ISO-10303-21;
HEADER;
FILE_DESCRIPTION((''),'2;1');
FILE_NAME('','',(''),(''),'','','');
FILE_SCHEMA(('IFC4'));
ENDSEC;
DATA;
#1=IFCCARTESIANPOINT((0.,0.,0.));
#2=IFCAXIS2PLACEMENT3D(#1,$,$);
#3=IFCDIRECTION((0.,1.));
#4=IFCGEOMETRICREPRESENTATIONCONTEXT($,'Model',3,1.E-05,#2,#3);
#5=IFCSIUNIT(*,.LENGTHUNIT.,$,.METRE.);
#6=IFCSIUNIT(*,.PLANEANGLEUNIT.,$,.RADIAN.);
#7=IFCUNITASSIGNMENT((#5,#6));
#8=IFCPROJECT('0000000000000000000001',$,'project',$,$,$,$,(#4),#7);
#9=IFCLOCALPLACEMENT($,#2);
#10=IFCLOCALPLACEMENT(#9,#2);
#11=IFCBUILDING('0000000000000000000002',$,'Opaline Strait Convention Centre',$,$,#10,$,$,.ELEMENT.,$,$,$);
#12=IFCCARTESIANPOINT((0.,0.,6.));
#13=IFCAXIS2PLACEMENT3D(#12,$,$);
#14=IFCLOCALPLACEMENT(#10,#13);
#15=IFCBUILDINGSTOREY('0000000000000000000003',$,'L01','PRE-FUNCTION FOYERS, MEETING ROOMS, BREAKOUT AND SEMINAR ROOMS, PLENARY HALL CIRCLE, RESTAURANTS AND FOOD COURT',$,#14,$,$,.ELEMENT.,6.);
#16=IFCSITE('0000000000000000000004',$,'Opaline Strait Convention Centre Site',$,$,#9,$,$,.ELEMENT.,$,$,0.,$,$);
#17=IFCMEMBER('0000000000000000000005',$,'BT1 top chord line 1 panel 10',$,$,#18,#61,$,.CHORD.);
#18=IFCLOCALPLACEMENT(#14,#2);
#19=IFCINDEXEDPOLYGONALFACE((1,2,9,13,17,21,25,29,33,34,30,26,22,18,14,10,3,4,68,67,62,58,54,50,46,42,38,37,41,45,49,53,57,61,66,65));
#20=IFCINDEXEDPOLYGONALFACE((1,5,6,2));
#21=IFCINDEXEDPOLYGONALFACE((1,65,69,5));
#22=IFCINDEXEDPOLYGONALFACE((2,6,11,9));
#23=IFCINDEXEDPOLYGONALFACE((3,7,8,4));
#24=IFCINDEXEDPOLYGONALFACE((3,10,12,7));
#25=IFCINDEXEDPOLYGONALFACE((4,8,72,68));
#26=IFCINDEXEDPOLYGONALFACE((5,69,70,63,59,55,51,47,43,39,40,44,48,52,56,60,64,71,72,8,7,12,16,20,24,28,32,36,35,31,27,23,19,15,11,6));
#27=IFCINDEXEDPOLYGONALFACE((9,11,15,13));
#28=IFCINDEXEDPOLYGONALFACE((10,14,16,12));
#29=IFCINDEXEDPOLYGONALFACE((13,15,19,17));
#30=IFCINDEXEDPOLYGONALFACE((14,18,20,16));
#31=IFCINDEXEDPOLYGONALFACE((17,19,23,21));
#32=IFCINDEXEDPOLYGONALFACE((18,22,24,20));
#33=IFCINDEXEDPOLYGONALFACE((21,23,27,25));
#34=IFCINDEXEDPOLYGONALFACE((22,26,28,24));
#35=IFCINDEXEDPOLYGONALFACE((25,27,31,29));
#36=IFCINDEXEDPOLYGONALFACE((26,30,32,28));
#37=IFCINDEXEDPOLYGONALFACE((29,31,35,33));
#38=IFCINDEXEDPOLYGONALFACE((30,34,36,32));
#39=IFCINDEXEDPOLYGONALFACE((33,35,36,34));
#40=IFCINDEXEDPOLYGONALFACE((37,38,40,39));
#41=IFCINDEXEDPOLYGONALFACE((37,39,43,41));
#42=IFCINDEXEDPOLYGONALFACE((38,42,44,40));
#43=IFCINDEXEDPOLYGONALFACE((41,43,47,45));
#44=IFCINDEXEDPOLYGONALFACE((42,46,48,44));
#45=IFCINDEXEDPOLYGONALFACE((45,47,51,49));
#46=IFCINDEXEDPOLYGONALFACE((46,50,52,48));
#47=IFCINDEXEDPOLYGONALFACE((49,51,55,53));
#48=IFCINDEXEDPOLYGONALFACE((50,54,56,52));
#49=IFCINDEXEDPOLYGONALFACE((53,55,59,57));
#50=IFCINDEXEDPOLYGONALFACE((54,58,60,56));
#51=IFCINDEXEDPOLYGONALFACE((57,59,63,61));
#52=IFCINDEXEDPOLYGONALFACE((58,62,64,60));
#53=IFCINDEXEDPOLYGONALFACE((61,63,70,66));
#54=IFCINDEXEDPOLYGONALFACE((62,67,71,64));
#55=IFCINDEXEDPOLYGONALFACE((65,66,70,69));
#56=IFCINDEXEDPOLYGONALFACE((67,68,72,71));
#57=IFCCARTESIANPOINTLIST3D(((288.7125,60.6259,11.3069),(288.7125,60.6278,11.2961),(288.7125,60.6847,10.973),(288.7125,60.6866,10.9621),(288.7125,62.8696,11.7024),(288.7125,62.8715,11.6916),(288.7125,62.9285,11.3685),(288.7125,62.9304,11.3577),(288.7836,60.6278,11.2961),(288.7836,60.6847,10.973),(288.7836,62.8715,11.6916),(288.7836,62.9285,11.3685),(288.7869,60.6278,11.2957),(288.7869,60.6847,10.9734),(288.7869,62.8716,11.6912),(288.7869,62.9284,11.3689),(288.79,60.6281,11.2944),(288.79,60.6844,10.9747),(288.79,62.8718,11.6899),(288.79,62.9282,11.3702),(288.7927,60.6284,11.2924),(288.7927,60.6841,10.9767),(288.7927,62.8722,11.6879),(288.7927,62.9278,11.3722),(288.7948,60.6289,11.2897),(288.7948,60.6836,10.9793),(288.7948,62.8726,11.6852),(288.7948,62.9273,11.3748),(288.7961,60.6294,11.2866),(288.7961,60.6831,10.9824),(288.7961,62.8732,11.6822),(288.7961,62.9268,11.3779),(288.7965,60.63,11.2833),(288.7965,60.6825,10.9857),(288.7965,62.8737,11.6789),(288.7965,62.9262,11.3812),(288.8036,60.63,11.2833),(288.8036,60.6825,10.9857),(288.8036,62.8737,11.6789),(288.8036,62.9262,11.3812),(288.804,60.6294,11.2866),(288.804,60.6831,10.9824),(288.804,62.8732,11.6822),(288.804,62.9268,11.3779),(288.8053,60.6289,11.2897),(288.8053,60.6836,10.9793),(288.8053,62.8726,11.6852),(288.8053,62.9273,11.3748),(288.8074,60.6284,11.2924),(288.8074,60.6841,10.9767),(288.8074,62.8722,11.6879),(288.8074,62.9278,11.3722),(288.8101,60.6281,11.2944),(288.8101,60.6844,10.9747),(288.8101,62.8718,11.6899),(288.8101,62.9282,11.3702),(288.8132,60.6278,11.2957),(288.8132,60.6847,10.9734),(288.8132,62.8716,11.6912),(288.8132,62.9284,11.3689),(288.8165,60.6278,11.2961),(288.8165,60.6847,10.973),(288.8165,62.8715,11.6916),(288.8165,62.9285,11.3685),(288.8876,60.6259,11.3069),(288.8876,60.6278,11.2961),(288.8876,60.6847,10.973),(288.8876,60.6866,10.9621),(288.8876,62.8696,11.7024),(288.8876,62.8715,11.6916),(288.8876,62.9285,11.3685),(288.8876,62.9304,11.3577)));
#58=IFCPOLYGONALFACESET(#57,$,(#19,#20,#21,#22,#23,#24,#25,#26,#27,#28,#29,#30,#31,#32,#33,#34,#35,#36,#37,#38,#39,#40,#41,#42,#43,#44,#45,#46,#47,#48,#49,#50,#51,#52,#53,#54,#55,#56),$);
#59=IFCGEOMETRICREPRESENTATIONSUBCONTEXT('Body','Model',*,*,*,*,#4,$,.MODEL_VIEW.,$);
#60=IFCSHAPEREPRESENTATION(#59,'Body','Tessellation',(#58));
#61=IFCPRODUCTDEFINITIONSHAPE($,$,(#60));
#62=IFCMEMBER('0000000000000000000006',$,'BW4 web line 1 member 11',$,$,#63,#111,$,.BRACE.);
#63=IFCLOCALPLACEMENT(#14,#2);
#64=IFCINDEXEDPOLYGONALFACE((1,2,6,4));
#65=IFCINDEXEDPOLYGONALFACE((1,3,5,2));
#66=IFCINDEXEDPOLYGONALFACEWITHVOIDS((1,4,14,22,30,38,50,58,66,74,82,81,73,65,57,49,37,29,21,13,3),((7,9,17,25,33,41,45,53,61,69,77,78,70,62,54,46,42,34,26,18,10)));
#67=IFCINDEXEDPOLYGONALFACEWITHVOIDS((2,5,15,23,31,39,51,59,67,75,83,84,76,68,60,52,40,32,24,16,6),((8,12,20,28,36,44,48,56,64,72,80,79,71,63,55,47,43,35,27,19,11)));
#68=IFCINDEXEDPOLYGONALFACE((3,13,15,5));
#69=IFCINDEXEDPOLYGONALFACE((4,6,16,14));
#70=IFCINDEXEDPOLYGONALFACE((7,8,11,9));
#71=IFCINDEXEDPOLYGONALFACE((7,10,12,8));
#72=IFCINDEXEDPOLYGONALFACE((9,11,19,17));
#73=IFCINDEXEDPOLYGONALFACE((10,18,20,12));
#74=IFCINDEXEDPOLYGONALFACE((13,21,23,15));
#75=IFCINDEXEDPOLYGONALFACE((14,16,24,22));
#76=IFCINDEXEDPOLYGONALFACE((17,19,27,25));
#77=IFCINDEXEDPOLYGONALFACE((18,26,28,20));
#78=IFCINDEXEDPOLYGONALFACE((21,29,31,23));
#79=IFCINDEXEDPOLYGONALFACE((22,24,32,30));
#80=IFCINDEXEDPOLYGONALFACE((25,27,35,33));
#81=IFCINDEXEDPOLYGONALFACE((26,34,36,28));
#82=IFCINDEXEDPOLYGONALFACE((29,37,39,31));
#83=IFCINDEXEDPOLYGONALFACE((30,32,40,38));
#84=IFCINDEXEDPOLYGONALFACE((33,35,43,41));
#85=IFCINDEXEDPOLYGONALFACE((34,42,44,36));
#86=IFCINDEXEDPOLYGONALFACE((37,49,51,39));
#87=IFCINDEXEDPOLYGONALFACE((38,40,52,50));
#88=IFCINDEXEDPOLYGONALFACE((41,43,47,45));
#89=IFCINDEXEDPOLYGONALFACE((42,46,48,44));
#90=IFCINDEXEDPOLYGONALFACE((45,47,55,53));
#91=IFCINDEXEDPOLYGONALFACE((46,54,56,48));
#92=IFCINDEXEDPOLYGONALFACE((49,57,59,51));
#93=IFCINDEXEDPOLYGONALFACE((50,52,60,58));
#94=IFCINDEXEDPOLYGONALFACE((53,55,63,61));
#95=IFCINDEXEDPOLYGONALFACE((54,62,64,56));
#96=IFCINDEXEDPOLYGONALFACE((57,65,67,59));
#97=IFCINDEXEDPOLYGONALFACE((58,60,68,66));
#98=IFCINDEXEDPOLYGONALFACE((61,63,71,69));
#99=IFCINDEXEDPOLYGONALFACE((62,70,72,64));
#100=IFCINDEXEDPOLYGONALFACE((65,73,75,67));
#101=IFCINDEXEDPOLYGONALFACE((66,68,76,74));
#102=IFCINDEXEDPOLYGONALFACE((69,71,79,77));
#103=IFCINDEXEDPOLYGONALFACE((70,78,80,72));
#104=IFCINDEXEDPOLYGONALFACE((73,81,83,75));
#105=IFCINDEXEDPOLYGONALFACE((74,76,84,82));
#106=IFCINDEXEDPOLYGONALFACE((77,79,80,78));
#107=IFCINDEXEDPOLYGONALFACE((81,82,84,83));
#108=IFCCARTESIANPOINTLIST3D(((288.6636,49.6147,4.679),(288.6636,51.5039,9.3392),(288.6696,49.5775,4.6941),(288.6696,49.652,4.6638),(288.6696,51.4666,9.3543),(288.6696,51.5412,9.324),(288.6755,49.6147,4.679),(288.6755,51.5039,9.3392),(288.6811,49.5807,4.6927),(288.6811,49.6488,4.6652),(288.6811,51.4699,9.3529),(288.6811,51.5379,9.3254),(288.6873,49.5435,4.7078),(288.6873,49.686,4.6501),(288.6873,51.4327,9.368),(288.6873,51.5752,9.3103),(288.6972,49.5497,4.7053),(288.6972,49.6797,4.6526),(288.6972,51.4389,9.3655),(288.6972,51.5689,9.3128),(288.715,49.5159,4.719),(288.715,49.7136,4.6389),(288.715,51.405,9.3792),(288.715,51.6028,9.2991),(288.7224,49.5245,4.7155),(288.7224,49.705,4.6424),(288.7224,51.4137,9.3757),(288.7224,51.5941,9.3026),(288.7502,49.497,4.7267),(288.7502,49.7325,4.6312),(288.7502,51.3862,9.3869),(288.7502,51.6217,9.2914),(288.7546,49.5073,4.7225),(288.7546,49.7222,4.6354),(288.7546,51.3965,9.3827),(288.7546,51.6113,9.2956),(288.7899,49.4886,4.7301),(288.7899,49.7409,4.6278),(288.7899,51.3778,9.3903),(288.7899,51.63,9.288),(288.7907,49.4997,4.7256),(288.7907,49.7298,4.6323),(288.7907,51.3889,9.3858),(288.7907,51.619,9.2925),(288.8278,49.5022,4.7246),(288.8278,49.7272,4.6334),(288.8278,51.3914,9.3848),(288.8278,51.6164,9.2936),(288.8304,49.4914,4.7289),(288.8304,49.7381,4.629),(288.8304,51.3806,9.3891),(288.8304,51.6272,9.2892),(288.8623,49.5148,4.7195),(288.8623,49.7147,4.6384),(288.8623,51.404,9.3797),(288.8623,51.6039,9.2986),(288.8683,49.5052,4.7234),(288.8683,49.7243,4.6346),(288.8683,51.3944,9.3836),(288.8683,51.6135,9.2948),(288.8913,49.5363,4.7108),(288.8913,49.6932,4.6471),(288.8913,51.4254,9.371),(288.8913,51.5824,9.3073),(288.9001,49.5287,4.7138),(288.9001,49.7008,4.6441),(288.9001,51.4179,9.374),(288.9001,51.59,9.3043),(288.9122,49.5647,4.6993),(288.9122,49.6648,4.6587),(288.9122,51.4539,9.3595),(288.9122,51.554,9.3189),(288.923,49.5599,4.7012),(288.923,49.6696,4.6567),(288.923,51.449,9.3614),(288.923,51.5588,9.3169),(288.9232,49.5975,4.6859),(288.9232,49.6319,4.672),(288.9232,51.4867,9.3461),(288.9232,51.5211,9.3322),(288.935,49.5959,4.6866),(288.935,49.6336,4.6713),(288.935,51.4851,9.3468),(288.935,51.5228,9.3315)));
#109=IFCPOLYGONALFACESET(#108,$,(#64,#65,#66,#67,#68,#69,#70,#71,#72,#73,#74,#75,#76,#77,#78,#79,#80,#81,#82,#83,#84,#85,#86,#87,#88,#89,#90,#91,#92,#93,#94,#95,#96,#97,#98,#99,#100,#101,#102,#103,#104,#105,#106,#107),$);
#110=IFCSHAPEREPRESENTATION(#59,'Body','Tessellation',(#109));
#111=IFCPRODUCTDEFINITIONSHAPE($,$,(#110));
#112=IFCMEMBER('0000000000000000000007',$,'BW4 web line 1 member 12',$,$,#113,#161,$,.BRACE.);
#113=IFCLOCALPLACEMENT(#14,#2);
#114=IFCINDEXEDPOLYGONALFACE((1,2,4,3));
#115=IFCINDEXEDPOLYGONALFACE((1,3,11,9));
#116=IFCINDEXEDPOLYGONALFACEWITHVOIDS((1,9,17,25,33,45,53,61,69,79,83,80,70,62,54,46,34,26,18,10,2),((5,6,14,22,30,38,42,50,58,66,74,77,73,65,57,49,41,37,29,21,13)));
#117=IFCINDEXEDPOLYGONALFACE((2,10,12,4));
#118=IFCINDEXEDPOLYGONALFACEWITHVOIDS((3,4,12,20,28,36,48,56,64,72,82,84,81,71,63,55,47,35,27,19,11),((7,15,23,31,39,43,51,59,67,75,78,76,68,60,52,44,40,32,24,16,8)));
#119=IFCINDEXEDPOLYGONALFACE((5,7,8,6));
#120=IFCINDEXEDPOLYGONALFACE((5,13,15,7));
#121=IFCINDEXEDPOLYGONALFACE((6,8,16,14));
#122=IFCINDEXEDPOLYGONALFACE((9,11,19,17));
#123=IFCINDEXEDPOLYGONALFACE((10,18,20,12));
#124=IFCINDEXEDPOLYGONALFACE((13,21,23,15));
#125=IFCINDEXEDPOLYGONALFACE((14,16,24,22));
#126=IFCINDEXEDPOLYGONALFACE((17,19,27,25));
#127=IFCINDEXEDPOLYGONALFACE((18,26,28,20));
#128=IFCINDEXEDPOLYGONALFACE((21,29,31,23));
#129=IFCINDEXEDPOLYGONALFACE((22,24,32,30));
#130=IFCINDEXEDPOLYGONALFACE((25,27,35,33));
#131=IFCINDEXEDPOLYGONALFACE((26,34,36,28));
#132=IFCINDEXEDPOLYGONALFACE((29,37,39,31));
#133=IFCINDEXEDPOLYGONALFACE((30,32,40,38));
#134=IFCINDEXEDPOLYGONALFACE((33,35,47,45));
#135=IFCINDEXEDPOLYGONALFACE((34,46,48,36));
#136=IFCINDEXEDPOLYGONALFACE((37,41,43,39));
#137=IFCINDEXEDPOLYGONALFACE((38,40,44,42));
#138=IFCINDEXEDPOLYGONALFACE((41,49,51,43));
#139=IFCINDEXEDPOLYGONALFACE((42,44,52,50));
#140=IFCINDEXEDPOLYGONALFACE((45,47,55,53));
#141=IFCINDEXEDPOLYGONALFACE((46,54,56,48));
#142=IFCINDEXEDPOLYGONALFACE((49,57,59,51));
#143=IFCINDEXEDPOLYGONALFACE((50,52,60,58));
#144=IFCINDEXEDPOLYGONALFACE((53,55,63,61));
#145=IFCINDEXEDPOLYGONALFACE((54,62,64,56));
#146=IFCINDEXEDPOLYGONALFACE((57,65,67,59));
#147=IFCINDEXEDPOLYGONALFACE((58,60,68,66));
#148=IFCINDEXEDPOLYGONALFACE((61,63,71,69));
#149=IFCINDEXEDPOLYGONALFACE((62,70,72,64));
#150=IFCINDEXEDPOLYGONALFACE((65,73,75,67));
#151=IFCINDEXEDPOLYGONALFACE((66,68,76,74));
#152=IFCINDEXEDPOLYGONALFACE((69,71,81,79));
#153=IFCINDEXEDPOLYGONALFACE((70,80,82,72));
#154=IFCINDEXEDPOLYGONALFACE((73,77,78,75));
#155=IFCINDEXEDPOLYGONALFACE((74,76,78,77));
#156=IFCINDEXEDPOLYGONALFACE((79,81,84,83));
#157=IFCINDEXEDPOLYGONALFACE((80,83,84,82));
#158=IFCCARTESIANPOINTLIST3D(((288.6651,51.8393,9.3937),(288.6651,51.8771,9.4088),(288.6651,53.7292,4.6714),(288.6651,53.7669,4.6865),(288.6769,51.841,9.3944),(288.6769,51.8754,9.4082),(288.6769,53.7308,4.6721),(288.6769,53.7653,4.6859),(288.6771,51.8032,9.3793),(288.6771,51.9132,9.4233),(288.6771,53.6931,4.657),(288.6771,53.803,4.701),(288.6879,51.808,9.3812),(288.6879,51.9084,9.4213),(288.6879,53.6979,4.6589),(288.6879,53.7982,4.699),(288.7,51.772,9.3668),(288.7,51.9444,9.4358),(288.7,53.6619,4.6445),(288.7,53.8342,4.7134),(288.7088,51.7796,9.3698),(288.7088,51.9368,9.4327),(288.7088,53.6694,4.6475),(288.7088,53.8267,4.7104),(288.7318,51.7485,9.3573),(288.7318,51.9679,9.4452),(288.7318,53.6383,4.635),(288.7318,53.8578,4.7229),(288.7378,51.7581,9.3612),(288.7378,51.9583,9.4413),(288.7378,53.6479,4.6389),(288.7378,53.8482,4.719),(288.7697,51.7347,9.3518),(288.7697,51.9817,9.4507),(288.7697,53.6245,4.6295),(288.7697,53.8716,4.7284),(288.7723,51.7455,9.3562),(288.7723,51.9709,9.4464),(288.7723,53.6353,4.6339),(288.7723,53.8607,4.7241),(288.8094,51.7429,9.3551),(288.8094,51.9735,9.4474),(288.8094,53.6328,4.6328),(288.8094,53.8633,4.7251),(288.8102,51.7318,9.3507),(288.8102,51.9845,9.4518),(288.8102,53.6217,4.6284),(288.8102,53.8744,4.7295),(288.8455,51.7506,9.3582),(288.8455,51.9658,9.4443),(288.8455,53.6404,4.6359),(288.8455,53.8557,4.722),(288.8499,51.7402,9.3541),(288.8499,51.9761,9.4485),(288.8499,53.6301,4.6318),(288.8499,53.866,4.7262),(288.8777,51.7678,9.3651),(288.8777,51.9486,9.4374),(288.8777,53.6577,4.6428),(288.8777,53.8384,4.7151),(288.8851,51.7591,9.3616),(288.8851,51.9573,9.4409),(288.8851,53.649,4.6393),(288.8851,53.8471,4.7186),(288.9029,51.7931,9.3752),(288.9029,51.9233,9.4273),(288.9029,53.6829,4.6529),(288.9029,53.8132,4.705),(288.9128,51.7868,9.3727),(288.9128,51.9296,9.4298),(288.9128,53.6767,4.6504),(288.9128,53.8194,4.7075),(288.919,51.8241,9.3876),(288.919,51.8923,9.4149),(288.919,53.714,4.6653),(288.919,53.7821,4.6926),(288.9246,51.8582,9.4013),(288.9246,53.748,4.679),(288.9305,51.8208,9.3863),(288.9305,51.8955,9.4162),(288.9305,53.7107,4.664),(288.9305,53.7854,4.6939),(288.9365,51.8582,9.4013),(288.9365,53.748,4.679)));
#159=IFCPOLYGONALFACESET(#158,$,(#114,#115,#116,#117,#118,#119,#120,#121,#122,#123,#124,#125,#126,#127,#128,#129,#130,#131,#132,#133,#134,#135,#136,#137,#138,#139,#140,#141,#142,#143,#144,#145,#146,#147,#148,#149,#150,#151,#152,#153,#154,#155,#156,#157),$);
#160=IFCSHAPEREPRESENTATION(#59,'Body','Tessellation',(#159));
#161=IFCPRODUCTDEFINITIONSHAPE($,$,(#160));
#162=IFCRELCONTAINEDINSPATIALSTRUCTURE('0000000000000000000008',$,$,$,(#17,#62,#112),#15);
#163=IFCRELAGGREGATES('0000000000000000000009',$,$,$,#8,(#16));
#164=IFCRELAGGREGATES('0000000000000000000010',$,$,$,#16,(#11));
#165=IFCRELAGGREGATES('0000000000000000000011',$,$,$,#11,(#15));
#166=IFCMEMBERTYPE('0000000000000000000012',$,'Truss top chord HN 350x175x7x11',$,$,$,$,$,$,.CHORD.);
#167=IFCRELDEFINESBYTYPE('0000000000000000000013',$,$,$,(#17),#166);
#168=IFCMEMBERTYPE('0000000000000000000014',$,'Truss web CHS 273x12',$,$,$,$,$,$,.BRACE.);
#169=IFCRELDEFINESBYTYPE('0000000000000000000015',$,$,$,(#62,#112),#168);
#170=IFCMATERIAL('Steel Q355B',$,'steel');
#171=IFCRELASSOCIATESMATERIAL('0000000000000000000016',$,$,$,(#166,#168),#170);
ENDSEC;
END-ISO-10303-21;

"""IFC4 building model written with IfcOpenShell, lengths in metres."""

from ifc_helpers import new_model, si_unit, direction, frame, origin, origin_2d, place, context, subcontext, project, spatial, hollow_circle, i_section, extrude, material, material_profile, profile_set, type_object, element, save


model = new_model("IFC4")

# Units and contexts
model_context = context("Model", 3, precision=1e-05, world=origin(), true_north=direction((0.0, 1.0)))
body_context = subcontext(model_context, "Body", "Model", "MODEL_VIEW")
ifc_project = project(units=[si_unit("LENGTHUNIT", "METRE"), si_unit("PLANEANGLEUNIT", "RADIAN")], contexts=[model_context])

# Site, building, storey
site_placement = place(None, origin())
site = spatial("IfcSite", under=ifc_project, at=site_placement, Name="Opaline Strait Convention Centre Site", CompositionType="ELEMENT", RefElevation=0.0)
building_placement = place(site_placement, origin())
building = spatial("IfcBuilding", under=site, at=building_placement, Name="Opaline Strait Convention Centre", CompositionType="ELEMENT")
storey_placement = place(building_placement, frame((0.0, 0.0, 6.0)))
storey = spatial("IfcBuildingStorey", under=building, at=storey_placement, Name="L01", Description="PRE-FUNCTION FOYERS, MEETING ROOMS, BREAKOUT AND SEMINAR ROOMS, PLENARY HALL CIRCLE, RESTAURANTS AND FOOD COURT", CompositionType="ELEMENT", Elevation=6.0)

# Members
ifc_material_1 = material(Name="Steel Q355B", Category="steel")
ifc_material_profile_1 = material_profile(ifc_material_1, i_section(OverallWidth=0.175, OverallDepth=0.3501, WebThickness=0.0071, FlangeThickness=0.011, FilletRadius=0.0129, at=origin_2d()), Name="HN 350x175x7x11")
ifc_profile_set_1 = profile_set([ifc_material_profile_1], Name="Steel Q355B")
member_type_1 = type_object("IfcMemberType", Name="Truss top chord HN 350x175x7x11", PredefinedType="CHORD", material=ifc_profile_set_1)
member_1_placement = place(storey_placement, frame((288.8, 60.6562, 11.1345), z_axis=(0.0, 0.984816, 0.173602), x_axis=(-1.0, 0.0, 0.0)))
element("IfcMember", 1, at=member_1_placement, inside=storey, type_object=member_type_1, Name="BT1 top chord line 1 panel 10", PredefinedType="CHORD", context=body_context, shape_type="SweptSolid", body=[
    extrude(i_section(OverallWidth=0.175, OverallDepth=0.3501, WebThickness=0.0071, FlangeThickness=0.011, FilletRadius=0.0129, at=origin_2d()), origin(), (0.0, 0.0, 1.0), 2.2783),
])
ifc_material_profile_2 = material_profile(ifc_material_1, hollow_circle(Radius=0.1365, WallThickness=0.012, at=origin_2d()), Name="CHS 273x12")
ifc_profile_set_2 = profile_set([ifc_material_profile_2], Name="Steel Q355B")
member_type_2 = type_object("IfcMemberType", Name="Truss web CHS 273x12", PredefinedType="BRACE", material=ifc_profile_set_2)
member_2_placement = place(storey_placement, frame((288.8, 49.6147, 4.679), z_axis=(0.0, 0.375689, 0.926746), x_axis=(-1.0, 0.0, 0.0)))
element("IfcMember", 2, at=member_2_placement, inside=storey, type_object=member_type_2, Name="BW4 web line 1 member 11", PredefinedType="BRACE", context=body_context, shape_type="SweptSolid", body=[
    extrude(hollow_circle(Radius=0.1365, WallThickness=0.012, at=origin_2d()), origin(), (0.0, 0.0, 1.0), 5.0286),
])
member_3_placement = place(storey_placement, frame((288.8, 53.748, 4.679), z_axis=(0.0, -0.371548, 0.928414), x_axis=(1.0, 0.0, 0.0)))
element("IfcMember", 3, at=member_3_placement, inside=storey, type_object=member_type_2, Name="BW4 web line 1 member 12", PredefinedType="BRACE", context=body_context, shape_type="SweptSolid", body=[
    extrude(hollow_circle(Radius=0.1365, WallThickness=0.012, at=origin_2d()), origin(), (0.0, 0.0, 1.0), 5.0864),
])

save(model, "model.ifc")
